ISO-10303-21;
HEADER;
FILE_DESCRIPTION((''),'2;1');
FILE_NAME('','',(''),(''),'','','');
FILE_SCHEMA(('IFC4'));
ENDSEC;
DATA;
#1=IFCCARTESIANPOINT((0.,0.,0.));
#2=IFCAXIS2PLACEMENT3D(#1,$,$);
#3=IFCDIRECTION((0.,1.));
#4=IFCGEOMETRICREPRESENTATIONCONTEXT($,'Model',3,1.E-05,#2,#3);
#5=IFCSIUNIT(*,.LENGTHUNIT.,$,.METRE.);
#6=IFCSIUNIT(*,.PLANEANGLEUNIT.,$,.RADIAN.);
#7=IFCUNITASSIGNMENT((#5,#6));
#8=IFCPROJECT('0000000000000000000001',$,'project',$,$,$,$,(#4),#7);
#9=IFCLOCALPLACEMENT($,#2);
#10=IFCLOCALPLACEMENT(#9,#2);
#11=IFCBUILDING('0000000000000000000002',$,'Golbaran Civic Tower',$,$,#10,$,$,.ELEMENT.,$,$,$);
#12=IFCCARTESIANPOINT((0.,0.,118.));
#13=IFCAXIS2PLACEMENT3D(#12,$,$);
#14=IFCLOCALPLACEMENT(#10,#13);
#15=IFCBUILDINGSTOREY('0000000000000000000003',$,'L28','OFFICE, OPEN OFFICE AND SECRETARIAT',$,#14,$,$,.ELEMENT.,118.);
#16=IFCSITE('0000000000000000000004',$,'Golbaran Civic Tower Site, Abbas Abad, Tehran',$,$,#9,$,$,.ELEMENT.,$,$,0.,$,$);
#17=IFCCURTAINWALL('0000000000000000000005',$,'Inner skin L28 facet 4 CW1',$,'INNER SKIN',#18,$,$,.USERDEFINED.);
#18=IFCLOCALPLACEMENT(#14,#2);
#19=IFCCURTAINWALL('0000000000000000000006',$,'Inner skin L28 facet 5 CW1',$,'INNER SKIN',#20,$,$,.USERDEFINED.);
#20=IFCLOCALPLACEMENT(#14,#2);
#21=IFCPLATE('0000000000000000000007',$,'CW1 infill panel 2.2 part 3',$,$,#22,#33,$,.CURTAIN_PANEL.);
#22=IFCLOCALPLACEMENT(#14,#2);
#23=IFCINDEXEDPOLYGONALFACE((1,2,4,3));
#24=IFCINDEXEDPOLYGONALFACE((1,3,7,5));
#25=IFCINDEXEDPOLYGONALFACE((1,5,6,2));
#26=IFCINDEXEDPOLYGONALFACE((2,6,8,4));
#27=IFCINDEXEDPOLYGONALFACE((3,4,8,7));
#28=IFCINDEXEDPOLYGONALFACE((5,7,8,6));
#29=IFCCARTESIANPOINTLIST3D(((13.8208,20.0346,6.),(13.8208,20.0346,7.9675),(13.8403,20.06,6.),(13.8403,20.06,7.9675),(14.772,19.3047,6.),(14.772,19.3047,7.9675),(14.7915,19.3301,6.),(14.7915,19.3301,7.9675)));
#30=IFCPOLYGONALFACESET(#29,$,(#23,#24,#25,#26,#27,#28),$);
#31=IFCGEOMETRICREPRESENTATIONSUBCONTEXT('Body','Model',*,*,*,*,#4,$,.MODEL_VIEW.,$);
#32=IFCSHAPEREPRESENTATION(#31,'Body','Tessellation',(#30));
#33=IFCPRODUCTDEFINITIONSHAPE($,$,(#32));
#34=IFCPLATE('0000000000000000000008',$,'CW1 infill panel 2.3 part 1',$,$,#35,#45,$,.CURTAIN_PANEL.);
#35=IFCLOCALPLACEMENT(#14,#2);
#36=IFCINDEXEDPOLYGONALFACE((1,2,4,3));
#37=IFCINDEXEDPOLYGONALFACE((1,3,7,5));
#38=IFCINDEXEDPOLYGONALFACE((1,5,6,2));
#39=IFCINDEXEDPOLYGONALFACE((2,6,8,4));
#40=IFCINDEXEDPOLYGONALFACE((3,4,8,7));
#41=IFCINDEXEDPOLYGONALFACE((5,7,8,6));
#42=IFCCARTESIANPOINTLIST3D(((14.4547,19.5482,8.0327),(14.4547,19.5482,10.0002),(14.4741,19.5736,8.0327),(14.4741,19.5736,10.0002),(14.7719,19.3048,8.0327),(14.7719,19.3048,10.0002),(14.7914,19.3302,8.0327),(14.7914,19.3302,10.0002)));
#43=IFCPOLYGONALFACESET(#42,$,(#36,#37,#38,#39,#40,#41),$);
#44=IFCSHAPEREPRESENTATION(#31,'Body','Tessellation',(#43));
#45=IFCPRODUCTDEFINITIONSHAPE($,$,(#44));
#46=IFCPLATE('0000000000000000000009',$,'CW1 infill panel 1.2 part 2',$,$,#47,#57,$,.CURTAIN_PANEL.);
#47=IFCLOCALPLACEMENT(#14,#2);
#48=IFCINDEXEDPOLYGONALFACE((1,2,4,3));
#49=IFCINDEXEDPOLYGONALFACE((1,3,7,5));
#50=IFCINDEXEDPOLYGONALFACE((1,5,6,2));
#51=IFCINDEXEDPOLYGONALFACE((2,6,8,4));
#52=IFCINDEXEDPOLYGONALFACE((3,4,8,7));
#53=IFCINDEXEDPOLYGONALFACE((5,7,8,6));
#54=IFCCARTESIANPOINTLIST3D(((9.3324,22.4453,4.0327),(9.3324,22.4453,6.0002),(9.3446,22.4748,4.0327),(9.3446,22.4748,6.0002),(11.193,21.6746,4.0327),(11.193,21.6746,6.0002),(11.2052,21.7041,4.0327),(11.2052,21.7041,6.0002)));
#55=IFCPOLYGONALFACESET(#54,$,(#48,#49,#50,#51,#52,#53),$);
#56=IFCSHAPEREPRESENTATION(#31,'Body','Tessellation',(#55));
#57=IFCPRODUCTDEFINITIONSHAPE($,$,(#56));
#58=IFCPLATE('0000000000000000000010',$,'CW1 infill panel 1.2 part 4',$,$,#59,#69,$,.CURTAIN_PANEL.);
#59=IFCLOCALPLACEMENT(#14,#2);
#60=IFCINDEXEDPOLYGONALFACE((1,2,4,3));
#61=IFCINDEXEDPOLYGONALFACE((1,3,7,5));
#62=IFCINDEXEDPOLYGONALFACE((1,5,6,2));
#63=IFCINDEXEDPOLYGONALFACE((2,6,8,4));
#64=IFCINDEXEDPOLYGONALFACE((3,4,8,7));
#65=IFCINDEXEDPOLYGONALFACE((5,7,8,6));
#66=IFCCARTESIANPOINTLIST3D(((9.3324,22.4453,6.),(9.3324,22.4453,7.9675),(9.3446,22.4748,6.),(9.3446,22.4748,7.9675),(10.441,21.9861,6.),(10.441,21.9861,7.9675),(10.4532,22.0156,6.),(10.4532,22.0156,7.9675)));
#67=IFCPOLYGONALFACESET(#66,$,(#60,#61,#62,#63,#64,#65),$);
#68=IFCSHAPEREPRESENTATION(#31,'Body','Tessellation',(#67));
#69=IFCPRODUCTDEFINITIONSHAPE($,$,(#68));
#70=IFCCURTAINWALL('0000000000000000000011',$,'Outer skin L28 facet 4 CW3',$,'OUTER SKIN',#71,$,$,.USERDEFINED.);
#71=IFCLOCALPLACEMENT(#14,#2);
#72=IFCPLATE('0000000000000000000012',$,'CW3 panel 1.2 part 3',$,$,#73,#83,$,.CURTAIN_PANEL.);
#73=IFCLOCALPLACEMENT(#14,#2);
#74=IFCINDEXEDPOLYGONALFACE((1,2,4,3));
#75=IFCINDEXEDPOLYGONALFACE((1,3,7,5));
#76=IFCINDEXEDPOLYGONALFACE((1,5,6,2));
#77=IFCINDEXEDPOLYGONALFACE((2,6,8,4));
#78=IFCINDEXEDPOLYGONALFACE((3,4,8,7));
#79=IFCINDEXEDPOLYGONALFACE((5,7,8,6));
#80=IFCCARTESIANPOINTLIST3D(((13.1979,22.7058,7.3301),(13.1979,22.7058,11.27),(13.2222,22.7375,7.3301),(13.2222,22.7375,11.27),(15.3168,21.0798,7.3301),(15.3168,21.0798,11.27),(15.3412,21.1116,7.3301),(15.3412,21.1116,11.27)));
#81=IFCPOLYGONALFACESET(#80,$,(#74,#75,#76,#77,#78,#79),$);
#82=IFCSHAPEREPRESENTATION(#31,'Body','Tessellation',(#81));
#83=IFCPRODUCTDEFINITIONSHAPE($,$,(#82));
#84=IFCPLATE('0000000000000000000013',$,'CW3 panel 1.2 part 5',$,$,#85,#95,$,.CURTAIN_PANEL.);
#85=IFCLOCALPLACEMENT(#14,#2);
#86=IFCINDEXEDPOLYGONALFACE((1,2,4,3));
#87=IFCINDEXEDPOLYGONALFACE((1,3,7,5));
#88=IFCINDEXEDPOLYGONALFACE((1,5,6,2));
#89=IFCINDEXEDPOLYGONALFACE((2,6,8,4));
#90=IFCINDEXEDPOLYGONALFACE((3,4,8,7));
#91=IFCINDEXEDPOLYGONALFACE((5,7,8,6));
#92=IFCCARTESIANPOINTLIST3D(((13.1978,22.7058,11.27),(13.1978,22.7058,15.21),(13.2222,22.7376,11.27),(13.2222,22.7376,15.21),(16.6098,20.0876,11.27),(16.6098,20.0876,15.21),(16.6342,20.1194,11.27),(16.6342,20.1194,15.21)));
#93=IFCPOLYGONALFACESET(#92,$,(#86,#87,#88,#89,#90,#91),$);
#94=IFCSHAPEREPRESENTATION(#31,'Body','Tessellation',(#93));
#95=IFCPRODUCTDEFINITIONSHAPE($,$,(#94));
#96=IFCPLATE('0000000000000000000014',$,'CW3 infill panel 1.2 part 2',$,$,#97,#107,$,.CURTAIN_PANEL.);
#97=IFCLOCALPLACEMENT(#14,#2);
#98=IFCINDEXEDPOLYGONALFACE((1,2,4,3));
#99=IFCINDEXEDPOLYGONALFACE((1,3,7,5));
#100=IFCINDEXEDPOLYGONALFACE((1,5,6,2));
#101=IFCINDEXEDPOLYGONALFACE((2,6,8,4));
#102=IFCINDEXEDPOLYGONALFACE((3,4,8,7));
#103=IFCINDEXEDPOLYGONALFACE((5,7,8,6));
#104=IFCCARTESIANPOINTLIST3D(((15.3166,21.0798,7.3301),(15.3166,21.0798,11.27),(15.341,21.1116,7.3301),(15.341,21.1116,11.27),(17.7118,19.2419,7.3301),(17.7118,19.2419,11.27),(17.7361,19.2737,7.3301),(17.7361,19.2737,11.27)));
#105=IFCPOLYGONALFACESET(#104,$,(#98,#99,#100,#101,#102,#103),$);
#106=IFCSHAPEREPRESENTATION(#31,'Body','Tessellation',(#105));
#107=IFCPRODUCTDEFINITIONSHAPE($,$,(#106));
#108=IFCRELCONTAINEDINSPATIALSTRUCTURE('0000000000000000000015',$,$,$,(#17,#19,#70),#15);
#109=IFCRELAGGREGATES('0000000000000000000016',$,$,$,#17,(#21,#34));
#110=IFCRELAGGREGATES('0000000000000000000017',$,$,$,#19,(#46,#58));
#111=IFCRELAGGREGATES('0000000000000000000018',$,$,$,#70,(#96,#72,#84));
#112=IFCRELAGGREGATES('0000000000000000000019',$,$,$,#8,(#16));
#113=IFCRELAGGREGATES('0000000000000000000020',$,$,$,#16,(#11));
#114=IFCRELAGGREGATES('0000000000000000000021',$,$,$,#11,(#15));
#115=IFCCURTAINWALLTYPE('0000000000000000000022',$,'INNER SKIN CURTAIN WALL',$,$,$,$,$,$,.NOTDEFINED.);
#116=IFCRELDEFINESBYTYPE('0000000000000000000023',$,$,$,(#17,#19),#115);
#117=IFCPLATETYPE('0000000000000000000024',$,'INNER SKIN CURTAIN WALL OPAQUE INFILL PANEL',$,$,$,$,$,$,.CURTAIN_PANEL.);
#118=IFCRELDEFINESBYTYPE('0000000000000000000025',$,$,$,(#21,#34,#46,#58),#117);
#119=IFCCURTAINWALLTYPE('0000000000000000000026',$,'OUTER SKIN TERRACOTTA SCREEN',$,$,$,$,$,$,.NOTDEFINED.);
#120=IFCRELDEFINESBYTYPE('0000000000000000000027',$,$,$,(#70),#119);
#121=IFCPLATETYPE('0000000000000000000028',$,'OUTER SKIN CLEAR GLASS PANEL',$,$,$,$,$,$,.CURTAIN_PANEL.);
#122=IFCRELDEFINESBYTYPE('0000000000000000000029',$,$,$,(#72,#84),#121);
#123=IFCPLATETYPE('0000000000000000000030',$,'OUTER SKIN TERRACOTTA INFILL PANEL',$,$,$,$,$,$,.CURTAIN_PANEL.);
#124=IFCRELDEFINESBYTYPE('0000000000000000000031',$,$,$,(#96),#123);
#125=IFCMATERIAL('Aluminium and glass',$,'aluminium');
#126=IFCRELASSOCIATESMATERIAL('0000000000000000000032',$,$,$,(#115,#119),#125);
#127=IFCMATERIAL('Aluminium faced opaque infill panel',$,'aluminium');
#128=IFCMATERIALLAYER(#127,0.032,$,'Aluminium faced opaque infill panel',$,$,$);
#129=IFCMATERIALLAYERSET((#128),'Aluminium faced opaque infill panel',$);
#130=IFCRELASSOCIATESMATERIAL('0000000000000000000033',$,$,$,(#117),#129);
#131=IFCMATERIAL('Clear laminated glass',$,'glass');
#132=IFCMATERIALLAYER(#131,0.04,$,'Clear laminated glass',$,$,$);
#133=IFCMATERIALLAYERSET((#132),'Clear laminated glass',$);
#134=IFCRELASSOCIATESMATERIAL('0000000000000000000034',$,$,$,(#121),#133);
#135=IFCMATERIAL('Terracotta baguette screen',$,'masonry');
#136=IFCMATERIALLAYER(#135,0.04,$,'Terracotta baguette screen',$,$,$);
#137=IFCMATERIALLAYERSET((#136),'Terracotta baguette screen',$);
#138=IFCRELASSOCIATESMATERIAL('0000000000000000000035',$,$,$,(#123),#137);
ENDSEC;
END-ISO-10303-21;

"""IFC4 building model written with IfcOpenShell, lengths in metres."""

from ifc_helpers import new_model, si_unit, direction, frame, origin, origin_2d, place, context, subcontext, project, spatial, rectangle, extrude, material, layer, layer_set, type_object, element, aggregate, save


model = new_model("IFC4")

# Units and contexts
model_context = context("Model", 3, precision=1e-05, world=origin(), true_north=direction((0.0, 1.0)))
body_context = subcontext(model_context, "Body", "Model", "MODEL_VIEW")
ifc_project = project(units=[si_unit("LENGTHUNIT", "METRE"), si_unit("PLANEANGLEUNIT", "RADIAN")], contexts=[model_context])

# Site, building, storey
site_placement = place(None, origin())
site = spatial("IfcSite", under=ifc_project, at=site_placement, Name="Golbaran Civic Tower Site, Abbas Abad, Tehran", CompositionType="ELEMENT", RefElevation=0.0)
building_placement = place(site_placement, origin())
building = spatial("IfcBuilding", under=site, at=building_placement, Name="Golbaran Civic Tower", CompositionType="ELEMENT")
storey_placement = place(building_placement, frame((0.0, 0.0, 118.0)))
storey = spatial("IfcBuildingStorey", under=building, at=storey_placement, Name="L28", Description="OFFICE, OPEN OFFICE AND SECRETARIAT", CompositionType="ELEMENT", Elevation=118.0)

# Curtain walls
ifc_material_1 = material(Name="Aluminium and glass", Category="aluminium")
curtain_wall_type_1 = type_object("IfcCurtainWallType", Name="INNER SKIN CURTAIN WALL", PredefinedType="NOTDEFINED", material=ifc_material_1)
curtain_wall_1_placement = place(storey_placement, origin())
curtain_wall_1 = element("IfcCurtainWall", 1, at=curtain_wall_1_placement, inside=storey, type_object=curtain_wall_type_1, Name="Inner skin L28 facet 4 CW1", ObjectType="INNER SKIN", PredefinedType="USERDEFINED")
curtain_wall_2_placement = place(storey_placement, origin())
curtain_wall_2 = element("IfcCurtainWall", 2, at=curtain_wall_2_placement, inside=storey, type_object=curtain_wall_type_1, Name="Inner skin L28 facet 5 CW1", ObjectType="INNER SKIN", PredefinedType="USERDEFINED")

# Plates
ifc_material_2 = material(Name="Aluminium faced opaque infill panel", Category="aluminium")
ifc_layer_1 = layer(ifc_material_2, 0.032, Name="Aluminium faced opaque infill panel")
ifc_layer_set_1 = layer_set([ifc_layer_1], Name="Aluminium faced opaque infill panel")
plate_type_1 = type_object("IfcPlateType", Name="INNER SKIN CURTAIN WALL OPAQUE INFILL PANEL", PredefinedType="CURTAIN_PANEL", material=ifc_layer_set_1)
plate_1_placement = place(storey_placement, frame((14.3062, 19.6824, 6.0), z_axis=(0.0, 0.0, 1.0), x_axis=(-0.793353, 0.608761, 0.0)))
plate_1 = element("IfcPlate", 3, at=plate_1_placement, type_object=plate_type_1, Name="CW1 infill panel 2.2 part 3", PredefinedType="CURTAIN_PANEL", context=body_context, shape_type="SweptSolid", body=[
    extrude(rectangle(XDim=1.199, YDim=0.032, at=origin_2d()), origin(), (0.0, 0.0, 1.0), 1.9675),
])
plate_2_placement = place(storey_placement, frame((14.623, 19.4392, 8.0327), z_axis=(0.0, 0.0, 1.0), x_axis=(-0.793353, 0.608761, 0.0)))
plate_2 = element("IfcPlate", 4, at=plate_2_placement, type_object=plate_type_1, Name="CW1 infill panel 2.3 part 1", PredefinedType="CURTAIN_PANEL", context=body_context, shape_type="SweptSolid", body=[
    extrude(rectangle(XDim=0.3999, YDim=0.032, at=origin_2d()), origin(), (0.0, 0.0, 1.0), 1.9675),
])
aggregate(curtain_wall_1, [plate_1, plate_2])
plate_3_placement = place(storey_placement, frame((10.2688, 22.0747, 4.0327), z_axis=(0.0, 0.0, 1.0), x_axis=(-0.92388, 0.382683, 0.0)))
plate_3 = element("IfcPlate", 5, at=plate_3_placement, type_object=plate_type_1, Name="CW1 infill panel 1.2 part 2", PredefinedType="CURTAIN_PANEL", context=body_context, shape_type="SweptSolid", body=[
    extrude(rectangle(XDim=2.0139, YDim=0.032, at=origin_2d()), origin(), (0.0, 0.0, 1.0), 1.9675),
])
plate_4_placement = place(storey_placement, frame((9.8928, 22.2305, 6.0), z_axis=(0.0, 0.0, 1.0), x_axis=(-0.92388, 0.382683, 0.0)))
plate_4 = element("IfcPlate", 6, at=plate_4_placement, type_object=plate_type_1, Name="CW1 infill panel 1.2 part 4", PredefinedType="CURTAIN_PANEL", context=body_context, shape_type="SweptSolid", body=[
    extrude(rectangle(XDim=1.2, YDim=0.032, at=origin_2d()), origin(), (0.0, 0.0, 1.0), 1.9675),
])
aggregate(curtain_wall_2, [plate_3, plate_4])

# Curtain wall, plates
curtain_wall_type_2 = type_object("IfcCurtainWallType", Name="OUTER SKIN TERRACOTTA SCREEN", PredefinedType="NOTDEFINED", material=ifc_material_1)
curtain_wall_3_placement = place(storey_placement, origin())
curtain_wall_3 = element("IfcCurtainWall", 7, at=curtain_wall_3_placement, inside=storey, type_object=curtain_wall_type_2, Name="Outer skin L28 facet 4 CW3", ObjectType="OUTER SKIN", PredefinedType="USERDEFINED")
ifc_material_3 = material(Name="Clear laminated glass", Category="glass")
ifc_layer_2 = layer(ifc_material_3, 0.04, Name="Clear laminated glass")
ifc_layer_set_2 = layer_set([ifc_layer_2], Name="Clear laminated glass")
plate_type_2 = type_object("IfcPlateType", Name="OUTER SKIN CLEAR GLASS PANEL", PredefinedType="CURTAIN_PANEL", material=ifc_layer_set_2)
plate_5_placement = place(storey_placement, frame((14.2695, 21.9087, 7.3301), z_axis=(0.0, 0.0, 1.0), x_axis=(-0.793353, 0.608761, 0.0)))
plate_5 = element("IfcPlate", 8, at=plate_5_placement, type_object=plate_type_2, Name="CW3 panel 1.2 part 3", PredefinedType="CURTAIN_PANEL", context=body_context, shape_type="SweptSolid", body=[
    extrude(rectangle(XDim=2.6709, YDim=0.04, at=origin_2d()), origin(), (0.0, 0.0, 1.0), 3.9399),
])
plate_6_placement = place(storey_placement, frame((14.916, 21.4126, 11.27), z_axis=(0.0, 0.0, 1.0), x_axis=(-0.793353, 0.608761, 0.0)))
plate_6 = element("IfcPlate", 9, at=plate_6_placement, type_object=plate_type_2, Name="CW3 panel 1.2 part 5", PredefinedType="CURTAIN_PANEL", context=body_context, shape_type="SweptSolid", body=[
    extrude(rectangle(XDim=4.3008, YDim=0.04, at=origin_2d()), origin(), (0.0, 0.0, 1.0), 3.9399),
])
ifc_material_4 = material(Name="Terracotta baguette screen", Category="masonry")
ifc_layer_3 = layer(ifc_material_4, 0.04, Name="Terracotta baguette screen")
ifc_layer_set_3 = layer_set([ifc_layer_3], Name="Terracotta baguette screen")
plate_type_3 = type_object("IfcPlateType", Name="OUTER SKIN TERRACOTTA INFILL PANEL", PredefinedType="CURTAIN_PANEL", material=ifc_layer_set_3)
plate_7_placement = place(storey_placement, frame((16.5264, 20.1768, 7.3301), z_axis=(0.0, 0.0, 1.0), x_axis=(-0.793353, 0.608761, 0.0)))
plate_7 = element("IfcPlate", 10, at=plate_7_placement, type_object=plate_type_3, Name="CW3 infill panel 1.2 part 2", PredefinedType="CURTAIN_PANEL", context=body_context, shape_type="SweptSolid", body=[
    extrude(rectangle(XDim=3.019, YDim=0.04, at=origin_2d()), origin(), (0.0, 0.0, 1.0), 3.9399),
])
aggregate(curtain_wall_3, [plate_7, plate_5, plate_6])

save(model, "model.ifc")
